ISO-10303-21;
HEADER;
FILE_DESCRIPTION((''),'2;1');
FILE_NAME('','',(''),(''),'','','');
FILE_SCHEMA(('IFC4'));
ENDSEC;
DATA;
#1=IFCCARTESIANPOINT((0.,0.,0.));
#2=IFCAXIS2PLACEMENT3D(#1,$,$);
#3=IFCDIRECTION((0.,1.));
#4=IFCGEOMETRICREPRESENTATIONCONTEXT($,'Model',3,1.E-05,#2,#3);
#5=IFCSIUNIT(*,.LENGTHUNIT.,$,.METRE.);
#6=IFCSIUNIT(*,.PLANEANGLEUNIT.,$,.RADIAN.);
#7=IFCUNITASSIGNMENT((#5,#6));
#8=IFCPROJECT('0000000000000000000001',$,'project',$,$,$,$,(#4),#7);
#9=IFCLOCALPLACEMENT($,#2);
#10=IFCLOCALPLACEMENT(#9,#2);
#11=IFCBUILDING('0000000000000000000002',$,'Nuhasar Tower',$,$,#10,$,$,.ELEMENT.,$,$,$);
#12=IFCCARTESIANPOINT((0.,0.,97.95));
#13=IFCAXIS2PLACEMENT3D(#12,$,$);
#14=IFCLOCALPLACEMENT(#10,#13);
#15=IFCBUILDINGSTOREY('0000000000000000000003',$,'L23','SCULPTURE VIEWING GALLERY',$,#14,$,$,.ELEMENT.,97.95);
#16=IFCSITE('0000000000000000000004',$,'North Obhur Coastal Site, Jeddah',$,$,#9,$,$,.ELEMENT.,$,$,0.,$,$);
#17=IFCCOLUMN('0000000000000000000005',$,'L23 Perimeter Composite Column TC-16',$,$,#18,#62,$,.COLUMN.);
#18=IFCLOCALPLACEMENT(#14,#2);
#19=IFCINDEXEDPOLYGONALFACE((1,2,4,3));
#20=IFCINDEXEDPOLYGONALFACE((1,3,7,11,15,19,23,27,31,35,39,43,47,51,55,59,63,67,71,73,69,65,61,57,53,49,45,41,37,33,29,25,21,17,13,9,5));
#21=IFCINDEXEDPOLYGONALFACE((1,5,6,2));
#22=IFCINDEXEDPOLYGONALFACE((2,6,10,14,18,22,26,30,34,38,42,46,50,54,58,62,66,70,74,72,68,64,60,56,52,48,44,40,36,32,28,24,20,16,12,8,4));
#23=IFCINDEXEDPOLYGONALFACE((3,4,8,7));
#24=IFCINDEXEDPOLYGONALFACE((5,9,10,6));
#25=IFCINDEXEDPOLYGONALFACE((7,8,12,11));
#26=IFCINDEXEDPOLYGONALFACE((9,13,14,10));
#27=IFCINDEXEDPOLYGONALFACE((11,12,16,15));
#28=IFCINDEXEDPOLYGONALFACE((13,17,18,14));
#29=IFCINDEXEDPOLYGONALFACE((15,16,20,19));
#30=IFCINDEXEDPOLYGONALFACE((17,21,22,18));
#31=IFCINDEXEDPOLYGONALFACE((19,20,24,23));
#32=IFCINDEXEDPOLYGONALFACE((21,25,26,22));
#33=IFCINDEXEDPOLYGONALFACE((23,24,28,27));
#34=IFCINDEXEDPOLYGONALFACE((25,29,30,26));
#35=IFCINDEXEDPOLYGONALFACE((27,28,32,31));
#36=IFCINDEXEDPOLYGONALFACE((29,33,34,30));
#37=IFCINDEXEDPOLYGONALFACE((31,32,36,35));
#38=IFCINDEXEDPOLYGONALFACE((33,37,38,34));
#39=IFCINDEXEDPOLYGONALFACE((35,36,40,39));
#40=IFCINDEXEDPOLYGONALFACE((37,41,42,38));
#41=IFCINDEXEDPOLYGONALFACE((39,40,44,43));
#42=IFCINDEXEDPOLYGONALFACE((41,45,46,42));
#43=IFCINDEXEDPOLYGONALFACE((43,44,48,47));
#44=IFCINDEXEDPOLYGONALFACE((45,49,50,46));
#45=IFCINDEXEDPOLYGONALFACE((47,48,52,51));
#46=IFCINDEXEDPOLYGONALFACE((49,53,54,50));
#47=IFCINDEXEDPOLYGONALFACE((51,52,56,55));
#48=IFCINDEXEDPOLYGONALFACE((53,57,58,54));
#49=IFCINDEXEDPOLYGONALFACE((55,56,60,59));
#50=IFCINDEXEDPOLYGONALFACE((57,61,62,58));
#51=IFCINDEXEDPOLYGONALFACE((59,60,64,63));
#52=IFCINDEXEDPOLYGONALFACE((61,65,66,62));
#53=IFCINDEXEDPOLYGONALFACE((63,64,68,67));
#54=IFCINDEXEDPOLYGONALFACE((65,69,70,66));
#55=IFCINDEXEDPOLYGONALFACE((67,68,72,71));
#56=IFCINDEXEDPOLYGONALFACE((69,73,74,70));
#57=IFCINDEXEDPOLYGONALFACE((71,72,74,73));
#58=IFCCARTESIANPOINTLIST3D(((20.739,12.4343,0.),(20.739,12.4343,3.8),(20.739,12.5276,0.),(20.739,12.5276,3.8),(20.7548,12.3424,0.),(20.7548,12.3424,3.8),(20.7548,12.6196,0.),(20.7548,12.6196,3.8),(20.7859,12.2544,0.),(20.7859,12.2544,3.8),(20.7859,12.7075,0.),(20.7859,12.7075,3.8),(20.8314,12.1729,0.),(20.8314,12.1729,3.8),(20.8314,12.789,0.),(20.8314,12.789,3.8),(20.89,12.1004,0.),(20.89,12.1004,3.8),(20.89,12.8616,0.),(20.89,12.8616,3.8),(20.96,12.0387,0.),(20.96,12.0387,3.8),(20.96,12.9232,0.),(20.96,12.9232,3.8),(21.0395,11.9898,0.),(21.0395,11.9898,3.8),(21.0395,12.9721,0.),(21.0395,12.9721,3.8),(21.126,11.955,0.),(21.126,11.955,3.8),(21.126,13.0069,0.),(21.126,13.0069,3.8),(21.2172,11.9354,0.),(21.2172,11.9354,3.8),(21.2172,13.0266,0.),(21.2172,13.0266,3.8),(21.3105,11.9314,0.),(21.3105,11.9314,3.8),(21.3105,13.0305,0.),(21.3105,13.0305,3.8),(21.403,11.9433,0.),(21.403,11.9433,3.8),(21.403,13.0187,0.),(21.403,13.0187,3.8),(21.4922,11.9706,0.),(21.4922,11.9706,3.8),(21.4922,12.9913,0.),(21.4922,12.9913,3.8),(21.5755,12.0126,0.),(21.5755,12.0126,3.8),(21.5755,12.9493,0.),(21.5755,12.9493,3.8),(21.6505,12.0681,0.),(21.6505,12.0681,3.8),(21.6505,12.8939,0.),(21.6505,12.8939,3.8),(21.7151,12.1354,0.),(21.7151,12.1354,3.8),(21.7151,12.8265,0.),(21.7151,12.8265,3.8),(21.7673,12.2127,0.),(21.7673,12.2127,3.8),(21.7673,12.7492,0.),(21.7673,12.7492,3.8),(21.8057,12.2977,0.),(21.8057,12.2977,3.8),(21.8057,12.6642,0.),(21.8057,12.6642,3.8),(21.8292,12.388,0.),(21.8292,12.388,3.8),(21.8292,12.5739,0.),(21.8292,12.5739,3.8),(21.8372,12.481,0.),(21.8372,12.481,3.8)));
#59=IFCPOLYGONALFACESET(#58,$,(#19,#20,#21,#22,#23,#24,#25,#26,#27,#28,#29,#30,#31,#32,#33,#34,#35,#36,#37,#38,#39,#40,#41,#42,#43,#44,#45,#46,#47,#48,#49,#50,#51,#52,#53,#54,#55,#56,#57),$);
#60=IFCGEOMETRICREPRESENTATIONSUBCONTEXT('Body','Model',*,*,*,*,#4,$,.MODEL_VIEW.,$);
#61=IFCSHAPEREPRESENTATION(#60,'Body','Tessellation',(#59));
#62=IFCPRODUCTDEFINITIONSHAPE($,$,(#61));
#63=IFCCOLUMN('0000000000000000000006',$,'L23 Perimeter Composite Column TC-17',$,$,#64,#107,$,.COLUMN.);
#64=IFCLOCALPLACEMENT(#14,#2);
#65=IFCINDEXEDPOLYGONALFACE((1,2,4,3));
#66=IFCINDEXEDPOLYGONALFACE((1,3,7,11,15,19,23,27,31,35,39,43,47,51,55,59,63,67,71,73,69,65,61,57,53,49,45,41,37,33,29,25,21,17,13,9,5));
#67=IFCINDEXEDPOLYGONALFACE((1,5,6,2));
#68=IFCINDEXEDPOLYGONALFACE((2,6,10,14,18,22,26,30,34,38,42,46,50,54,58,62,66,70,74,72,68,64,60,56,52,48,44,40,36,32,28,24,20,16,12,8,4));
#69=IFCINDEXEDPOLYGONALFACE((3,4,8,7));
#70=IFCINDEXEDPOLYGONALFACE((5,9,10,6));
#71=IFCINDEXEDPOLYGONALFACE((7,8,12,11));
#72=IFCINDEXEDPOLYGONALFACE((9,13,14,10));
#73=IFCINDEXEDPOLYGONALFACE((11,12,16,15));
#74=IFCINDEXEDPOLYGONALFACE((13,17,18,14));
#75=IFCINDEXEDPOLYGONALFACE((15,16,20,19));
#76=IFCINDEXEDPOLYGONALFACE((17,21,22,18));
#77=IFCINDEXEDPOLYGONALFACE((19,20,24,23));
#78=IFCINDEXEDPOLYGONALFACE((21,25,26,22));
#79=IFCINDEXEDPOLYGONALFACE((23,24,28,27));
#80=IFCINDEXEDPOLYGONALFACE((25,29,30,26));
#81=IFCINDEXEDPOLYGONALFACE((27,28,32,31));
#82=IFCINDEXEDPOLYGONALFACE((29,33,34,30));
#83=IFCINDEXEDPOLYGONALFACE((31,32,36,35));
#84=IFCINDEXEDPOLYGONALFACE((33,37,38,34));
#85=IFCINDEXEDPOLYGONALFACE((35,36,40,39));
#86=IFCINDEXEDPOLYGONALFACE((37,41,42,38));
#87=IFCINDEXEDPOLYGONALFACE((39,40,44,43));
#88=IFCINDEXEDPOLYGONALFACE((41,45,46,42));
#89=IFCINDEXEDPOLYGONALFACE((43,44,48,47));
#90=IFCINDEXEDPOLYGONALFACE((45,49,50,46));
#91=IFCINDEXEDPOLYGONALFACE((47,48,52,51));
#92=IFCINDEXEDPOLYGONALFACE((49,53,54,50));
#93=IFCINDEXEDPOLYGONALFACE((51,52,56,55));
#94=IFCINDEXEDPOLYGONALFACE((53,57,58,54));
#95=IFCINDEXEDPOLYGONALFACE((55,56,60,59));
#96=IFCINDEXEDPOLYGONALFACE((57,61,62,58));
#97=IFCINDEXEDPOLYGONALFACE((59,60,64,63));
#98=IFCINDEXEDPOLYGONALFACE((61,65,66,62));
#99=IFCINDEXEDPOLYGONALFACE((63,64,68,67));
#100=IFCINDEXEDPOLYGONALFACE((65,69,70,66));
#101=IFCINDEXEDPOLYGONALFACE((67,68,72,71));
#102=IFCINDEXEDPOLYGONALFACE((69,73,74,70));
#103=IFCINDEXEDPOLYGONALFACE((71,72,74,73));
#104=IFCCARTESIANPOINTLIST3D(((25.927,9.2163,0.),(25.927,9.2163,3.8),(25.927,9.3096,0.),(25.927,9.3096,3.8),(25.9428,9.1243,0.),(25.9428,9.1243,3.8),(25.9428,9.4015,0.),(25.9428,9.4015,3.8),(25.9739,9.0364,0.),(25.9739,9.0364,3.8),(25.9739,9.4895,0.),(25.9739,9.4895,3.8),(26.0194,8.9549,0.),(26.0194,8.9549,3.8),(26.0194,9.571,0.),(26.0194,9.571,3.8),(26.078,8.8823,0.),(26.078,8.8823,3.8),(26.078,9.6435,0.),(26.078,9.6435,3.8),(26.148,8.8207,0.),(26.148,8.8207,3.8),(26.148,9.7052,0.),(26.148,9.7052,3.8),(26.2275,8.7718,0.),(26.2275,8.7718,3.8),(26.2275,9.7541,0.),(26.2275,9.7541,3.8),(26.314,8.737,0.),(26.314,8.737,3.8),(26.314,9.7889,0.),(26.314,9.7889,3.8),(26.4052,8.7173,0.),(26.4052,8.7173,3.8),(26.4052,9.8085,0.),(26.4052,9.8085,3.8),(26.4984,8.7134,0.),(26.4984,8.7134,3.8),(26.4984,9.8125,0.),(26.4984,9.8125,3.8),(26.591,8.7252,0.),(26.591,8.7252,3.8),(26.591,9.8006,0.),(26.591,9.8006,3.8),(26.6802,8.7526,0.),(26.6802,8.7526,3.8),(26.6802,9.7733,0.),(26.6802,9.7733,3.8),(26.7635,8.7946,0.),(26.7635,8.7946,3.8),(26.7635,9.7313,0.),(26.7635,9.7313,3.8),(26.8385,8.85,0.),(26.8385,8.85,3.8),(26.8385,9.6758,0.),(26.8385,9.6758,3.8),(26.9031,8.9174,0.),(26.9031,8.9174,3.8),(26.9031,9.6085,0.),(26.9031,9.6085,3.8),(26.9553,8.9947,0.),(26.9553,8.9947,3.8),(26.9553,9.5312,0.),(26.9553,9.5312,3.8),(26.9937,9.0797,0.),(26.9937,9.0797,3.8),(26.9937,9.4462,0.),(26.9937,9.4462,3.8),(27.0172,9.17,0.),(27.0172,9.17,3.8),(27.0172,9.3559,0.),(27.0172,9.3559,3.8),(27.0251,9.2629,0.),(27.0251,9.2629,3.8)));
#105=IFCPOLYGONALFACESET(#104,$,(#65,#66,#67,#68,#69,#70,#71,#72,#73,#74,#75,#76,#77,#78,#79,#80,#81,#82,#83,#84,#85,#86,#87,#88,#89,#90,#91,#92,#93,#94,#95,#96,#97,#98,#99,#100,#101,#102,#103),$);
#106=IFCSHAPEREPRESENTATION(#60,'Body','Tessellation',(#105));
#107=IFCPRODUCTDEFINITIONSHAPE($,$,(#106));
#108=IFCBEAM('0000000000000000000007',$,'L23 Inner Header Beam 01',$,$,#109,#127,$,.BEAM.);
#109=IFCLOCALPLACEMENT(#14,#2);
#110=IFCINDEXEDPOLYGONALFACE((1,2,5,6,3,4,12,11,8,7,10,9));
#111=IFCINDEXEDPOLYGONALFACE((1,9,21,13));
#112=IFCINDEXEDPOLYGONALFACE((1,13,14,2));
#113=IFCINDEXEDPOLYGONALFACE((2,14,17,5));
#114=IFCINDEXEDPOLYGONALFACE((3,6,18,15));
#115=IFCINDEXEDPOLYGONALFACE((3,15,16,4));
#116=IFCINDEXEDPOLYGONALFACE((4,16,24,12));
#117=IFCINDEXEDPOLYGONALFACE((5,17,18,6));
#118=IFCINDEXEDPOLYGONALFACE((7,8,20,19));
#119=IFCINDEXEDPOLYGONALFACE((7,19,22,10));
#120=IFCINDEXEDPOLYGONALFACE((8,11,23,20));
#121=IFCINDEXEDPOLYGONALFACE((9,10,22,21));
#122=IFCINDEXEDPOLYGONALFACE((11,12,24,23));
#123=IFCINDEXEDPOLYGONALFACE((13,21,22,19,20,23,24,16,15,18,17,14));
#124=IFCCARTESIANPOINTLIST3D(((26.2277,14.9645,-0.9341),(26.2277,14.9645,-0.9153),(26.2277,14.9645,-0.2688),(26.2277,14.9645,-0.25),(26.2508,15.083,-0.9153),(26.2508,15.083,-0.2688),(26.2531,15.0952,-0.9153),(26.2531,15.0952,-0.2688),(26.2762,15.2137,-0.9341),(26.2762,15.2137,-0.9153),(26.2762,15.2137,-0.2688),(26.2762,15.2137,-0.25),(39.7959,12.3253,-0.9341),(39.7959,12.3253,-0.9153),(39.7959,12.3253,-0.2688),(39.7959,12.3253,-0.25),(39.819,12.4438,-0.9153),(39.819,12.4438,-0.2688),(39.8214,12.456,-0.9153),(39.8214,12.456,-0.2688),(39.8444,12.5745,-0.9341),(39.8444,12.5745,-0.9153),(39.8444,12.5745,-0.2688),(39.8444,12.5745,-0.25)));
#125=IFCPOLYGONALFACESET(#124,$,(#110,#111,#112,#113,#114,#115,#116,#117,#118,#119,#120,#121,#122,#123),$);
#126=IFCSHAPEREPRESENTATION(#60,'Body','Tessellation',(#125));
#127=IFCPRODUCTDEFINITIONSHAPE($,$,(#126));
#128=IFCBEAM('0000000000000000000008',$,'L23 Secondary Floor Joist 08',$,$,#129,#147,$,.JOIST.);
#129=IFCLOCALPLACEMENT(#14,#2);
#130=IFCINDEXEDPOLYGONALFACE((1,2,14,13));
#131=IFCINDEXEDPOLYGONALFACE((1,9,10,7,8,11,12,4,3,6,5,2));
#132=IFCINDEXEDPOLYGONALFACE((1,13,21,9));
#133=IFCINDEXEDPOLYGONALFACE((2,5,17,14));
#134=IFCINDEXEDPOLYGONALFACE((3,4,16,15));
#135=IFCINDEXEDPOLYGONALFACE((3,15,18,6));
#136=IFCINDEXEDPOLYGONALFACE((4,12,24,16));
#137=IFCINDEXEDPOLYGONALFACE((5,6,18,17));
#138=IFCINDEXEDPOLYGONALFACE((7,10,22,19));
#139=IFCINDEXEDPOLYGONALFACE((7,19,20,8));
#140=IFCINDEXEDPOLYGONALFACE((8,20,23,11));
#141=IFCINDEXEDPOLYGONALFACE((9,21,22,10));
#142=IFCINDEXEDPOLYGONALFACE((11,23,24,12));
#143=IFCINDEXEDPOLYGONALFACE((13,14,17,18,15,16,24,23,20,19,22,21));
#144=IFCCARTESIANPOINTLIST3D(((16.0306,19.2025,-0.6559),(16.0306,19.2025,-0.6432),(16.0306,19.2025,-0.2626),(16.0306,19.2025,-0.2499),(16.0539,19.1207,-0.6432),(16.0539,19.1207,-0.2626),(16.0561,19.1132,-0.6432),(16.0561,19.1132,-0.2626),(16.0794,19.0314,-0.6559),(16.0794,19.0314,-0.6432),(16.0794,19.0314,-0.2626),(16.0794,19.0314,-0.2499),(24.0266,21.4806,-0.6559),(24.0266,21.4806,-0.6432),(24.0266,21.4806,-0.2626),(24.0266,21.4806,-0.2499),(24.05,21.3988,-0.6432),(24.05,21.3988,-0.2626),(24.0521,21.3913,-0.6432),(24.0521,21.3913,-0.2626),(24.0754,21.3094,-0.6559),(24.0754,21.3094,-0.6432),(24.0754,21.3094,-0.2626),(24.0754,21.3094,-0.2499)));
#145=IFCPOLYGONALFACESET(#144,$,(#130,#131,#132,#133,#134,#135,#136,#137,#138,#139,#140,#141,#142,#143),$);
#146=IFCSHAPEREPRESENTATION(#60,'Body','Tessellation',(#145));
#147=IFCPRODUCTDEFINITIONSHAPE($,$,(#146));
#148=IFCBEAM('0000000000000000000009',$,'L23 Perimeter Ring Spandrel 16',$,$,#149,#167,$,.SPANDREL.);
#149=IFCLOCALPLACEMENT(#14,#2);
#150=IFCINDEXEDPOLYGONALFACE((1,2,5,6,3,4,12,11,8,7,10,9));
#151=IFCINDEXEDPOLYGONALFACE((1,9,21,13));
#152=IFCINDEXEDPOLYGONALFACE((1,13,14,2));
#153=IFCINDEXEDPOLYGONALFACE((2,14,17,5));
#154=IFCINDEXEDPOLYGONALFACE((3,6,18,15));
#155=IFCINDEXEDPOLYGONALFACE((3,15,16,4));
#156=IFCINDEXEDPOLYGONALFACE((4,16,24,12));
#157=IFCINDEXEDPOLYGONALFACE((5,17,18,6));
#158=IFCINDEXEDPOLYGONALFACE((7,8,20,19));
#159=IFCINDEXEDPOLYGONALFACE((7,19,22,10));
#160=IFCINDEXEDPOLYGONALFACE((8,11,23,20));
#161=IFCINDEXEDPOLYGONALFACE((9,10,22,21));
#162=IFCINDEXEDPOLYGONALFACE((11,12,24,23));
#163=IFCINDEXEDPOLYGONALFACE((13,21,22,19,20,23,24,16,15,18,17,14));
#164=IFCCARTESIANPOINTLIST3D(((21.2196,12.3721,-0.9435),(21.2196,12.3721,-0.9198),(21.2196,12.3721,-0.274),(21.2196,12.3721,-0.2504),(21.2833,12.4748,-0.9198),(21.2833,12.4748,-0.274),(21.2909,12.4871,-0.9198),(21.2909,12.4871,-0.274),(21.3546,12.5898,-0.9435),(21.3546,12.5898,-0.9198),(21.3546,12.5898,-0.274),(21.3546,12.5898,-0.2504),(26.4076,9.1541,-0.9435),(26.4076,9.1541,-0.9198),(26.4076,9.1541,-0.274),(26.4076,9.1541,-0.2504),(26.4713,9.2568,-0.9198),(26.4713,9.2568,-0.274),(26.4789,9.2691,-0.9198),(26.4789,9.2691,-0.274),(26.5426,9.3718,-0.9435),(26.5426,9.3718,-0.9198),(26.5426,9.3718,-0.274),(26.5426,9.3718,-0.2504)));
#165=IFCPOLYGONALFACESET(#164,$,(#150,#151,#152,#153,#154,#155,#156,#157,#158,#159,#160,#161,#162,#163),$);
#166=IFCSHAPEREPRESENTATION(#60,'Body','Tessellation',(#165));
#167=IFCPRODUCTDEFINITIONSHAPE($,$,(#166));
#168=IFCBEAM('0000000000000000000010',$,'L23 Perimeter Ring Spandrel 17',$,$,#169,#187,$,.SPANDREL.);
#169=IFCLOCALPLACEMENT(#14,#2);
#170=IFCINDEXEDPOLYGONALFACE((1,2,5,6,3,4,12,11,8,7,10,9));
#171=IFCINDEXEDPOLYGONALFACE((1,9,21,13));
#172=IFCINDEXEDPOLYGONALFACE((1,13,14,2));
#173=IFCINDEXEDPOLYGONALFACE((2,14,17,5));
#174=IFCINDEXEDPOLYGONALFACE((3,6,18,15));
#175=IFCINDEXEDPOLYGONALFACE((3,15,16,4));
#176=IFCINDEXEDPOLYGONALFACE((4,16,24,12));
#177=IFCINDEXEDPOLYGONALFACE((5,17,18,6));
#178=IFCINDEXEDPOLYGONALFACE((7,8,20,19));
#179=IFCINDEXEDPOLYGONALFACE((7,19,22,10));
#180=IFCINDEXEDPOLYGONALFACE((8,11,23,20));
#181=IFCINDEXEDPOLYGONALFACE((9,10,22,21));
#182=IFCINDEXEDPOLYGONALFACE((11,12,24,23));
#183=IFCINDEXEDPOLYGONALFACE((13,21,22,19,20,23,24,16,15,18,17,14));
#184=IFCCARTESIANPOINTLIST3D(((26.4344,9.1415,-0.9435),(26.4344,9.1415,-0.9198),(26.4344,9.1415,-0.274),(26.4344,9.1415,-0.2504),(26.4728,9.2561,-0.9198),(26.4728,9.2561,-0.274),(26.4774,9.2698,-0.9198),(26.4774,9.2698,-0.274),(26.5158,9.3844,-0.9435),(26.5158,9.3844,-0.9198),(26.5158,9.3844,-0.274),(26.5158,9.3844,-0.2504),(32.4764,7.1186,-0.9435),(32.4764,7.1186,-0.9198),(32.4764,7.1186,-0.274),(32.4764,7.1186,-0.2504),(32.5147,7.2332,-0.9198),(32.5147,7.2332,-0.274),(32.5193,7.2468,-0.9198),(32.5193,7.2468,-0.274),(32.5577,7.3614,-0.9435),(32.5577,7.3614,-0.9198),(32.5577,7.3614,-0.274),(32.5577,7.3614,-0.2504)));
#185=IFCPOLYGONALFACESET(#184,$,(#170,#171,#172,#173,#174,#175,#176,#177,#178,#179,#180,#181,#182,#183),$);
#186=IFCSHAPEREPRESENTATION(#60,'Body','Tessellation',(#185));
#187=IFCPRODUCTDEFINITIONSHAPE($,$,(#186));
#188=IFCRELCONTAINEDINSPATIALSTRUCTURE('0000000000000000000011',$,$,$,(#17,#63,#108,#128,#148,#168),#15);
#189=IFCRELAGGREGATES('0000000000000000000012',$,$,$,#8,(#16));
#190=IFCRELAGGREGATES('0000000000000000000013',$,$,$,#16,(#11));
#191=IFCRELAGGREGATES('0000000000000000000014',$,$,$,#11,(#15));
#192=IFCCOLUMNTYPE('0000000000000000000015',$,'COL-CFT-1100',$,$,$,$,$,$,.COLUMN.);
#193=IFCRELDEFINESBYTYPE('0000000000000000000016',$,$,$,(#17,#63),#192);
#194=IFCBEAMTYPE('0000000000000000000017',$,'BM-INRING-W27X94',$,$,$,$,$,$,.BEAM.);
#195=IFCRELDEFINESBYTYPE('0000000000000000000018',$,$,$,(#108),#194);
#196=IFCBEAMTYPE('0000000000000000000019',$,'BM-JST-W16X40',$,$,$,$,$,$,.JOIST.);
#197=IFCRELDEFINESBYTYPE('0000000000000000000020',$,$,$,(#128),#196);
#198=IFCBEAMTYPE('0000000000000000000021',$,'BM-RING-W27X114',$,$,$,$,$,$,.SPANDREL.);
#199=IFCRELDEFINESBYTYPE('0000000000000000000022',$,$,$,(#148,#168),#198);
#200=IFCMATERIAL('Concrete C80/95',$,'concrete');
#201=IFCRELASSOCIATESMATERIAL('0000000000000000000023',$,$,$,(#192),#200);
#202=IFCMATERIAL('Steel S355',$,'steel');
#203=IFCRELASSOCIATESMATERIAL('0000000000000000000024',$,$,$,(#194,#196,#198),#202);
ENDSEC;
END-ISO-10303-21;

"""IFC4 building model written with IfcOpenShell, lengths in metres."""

from ifc_helpers import new_model, si_unit, direction, frame, origin, origin_2d, place, context, subcontext, project, spatial, circle, i_section, extrude, material, material_profile, profile_set, type_object, element, save


model = new_model("IFC4")

# Units and contexts
model_context = context("Model", 3, precision=1e-05, world=origin(), true_north=direction((0.0, 1.0)))
body_context = subcontext(model_context, "Body", "Model", "MODEL_VIEW")
ifc_project = project(units=[si_unit("LENGTHUNIT", "METRE"), si_unit("PLANEANGLEUNIT", "RADIAN")], contexts=[model_context])

# Site, building, storey
site_placement = place(None, origin())
site = spatial("IfcSite", under=ifc_project, at=site_placement, Name="North Obhur Coastal Site, Jeddah", CompositionType="ELEMENT", RefElevation=0.0)
building_placement = place(site_placement, origin())
building = spatial("IfcBuilding", under=site, at=building_placement, Name="Nuhasar Tower", CompositionType="ELEMENT")
storey_placement = place(building_placement, frame((0.0, 0.0, 97.95)))
storey = spatial("IfcBuildingStorey", under=building, at=storey_placement, Name="L23", Description="SCULPTURE VIEWING GALLERY", CompositionType="ELEMENT", Elevation=97.95)

# Columns
ifc_material_1 = material(Name="Concrete C80/95", Category="concrete")
ifc_material_profile_1 = material_profile(ifc_material_1, circle(Radius=0.55, at=origin_2d()), Name="CFT1100")
ifc_profile_set_1 = profile_set([ifc_material_profile_1], Name="Concrete C80/95")
column_type = type_object("IfcColumnType", Name="COL-CFT-1100", PredefinedType="COLUMN", material=ifc_profile_set_1)
for number, where, z_axis, x_axis, name in (
    (1, (21.2871, 12.481, 0.0), (0.0, 0.0, 1.0), (1.0, 0.0, 0.0), "L23 Perimeter Composite Column TC-16"),
    (2, (26.4751, 9.2629, 0.0), (0.0, 0.0, 1.0), (1.0, 0.0, 0.0), "L23 Perimeter Composite Column TC-17"),
):
    element("IfcColumn", number, at=place(storey_placement, frame(where, z_axis=z_axis, x_axis=x_axis)), inside=storey, type_object=column_type, Name=name, PredefinedType="COLUMN", context=body_context, shape_type="SweptSolid", body=[
        extrude(circle(Radius=0.55, at=origin_2d()), origin(), (0.0, 0.0, 1.0), 3.8),
    ])

# Beams
ifc_material_2 = material(Name="Steel S355", Category="steel")
ifc_material_profile_2 = material_profile(ifc_material_2, i_section(OverallWidth=0.2539, OverallDepth=0.6841, WebThickness=0.0125, FlangeThickness=0.0188, at=origin_2d()), Name="W27X94")
ifc_profile_set_2 = profile_set([ifc_material_profile_2], Name="Steel S355")
beam_type_1 = type_object("IfcBeamType", Name="BM-INRING-W27X94", PredefinedType="BEAM", material=ifc_profile_set_2)
beam_1_placement = place(storey_placement, frame((26.252, 15.0891, -0.592), z_axis=(0.981603, -0.190933, 0.0), x_axis=(0.190933, 0.981603, 0.0)))
element("IfcBeam", 3, at=beam_1_placement, inside=storey, type_object=beam_type_1, Name="L23 Inner Header Beam 01", PredefinedType="BEAM", context=body_context, shape_type="SweptSolid", body=[
    extrude(i_section(OverallWidth=0.2539, OverallDepth=0.6841, WebThickness=0.0125, FlangeThickness=0.0188, at=origin_2d()), origin(), (0.0, 0.0, 1.0), 13.8225),
])
ifc_material_profile_3 = material_profile(ifc_material_2, i_section(OverallWidth=0.178, OverallDepth=0.406, WebThickness=0.0078, FlangeThickness=0.0127, at=origin_2d()), Name="W16X40")
ifc_profile_set_3 = profile_set([ifc_material_profile_3], Name="Steel S355")
beam_type_2 = type_object("IfcBeamType", Name="BM-JST-W16X40", PredefinedType="JOIST", material=ifc_profile_set_3)
beam_2_placement = place(storey_placement, frame((24.051, 21.395, -0.4529), z_axis=(-0.961731, -0.273996, 0.0), x_axis=(0.273996, -0.961731, 0.0)))
element("IfcBeam", 4, at=beam_2_placement, inside=storey, type_object=beam_type_2, Name="L23 Secondary Floor Joist 08", PredefinedType="JOIST", context=body_context, shape_type="SweptSolid", body=[
    extrude(i_section(OverallWidth=0.178, OverallDepth=0.406, WebThickness=0.0078, FlangeThickness=0.0127, at=origin_2d()), origin(), (0.0, 0.0, 1.0), 8.3142),
])
ifc_material_profile_4 = material_profile(ifc_material_2, i_section(OverallWidth=0.2561, OverallDepth=0.6931, WebThickness=0.0144, FlangeThickness=0.0237, at=origin_2d()), Name="W27X114")
ifc_profile_set_4 = profile_set([ifc_material_profile_4], Name="Steel S355")
beam_type_3 = type_object("IfcBeamType", Name="BM-RING-W27X114", PredefinedType="SPANDREL", material=ifc_profile_set_4)
beam_3_placement = place(storey_placement, frame((21.2871, 12.481, -0.5969), z_axis=(0.849795, -0.527113, 0.0), x_axis=(0.527113, 0.849795, 0.0)))
element("IfcBeam", 5, at=beam_3_placement, inside=storey, type_object=beam_type_3, Name="L23 Perimeter Ring Spandrel 16", PredefinedType="SPANDREL", context=body_context, shape_type="SweptSolid", body=[
    extrude(i_section(OverallWidth=0.2561, OverallDepth=0.6931, WebThickness=0.0144, FlangeThickness=0.0237, at=origin_2d()), origin(), (0.0, 0.0, 1.0), 6.105),
])
beam_4_placement = place(storey_placement, frame((26.4751, 9.2629, -0.5969), z_axis=(0.948261, -0.317492, 0.0), x_axis=(0.317492, 0.948261, 0.0)))
element("IfcBeam", 6, at=beam_4_placement, inside=storey, type_object=beam_type_3, Name="L23 Perimeter Ring Spandrel 17", PredefinedType="SPANDREL", context=body_context, shape_type="SweptSolid", body=[
    extrude(i_section(OverallWidth=0.2561, OverallDepth=0.6931, WebThickness=0.0144, FlangeThickness=0.0237, at=origin_2d()), origin(), (0.0, 0.0, 1.0), 6.3716),
])

save(model, "model.ifc")
